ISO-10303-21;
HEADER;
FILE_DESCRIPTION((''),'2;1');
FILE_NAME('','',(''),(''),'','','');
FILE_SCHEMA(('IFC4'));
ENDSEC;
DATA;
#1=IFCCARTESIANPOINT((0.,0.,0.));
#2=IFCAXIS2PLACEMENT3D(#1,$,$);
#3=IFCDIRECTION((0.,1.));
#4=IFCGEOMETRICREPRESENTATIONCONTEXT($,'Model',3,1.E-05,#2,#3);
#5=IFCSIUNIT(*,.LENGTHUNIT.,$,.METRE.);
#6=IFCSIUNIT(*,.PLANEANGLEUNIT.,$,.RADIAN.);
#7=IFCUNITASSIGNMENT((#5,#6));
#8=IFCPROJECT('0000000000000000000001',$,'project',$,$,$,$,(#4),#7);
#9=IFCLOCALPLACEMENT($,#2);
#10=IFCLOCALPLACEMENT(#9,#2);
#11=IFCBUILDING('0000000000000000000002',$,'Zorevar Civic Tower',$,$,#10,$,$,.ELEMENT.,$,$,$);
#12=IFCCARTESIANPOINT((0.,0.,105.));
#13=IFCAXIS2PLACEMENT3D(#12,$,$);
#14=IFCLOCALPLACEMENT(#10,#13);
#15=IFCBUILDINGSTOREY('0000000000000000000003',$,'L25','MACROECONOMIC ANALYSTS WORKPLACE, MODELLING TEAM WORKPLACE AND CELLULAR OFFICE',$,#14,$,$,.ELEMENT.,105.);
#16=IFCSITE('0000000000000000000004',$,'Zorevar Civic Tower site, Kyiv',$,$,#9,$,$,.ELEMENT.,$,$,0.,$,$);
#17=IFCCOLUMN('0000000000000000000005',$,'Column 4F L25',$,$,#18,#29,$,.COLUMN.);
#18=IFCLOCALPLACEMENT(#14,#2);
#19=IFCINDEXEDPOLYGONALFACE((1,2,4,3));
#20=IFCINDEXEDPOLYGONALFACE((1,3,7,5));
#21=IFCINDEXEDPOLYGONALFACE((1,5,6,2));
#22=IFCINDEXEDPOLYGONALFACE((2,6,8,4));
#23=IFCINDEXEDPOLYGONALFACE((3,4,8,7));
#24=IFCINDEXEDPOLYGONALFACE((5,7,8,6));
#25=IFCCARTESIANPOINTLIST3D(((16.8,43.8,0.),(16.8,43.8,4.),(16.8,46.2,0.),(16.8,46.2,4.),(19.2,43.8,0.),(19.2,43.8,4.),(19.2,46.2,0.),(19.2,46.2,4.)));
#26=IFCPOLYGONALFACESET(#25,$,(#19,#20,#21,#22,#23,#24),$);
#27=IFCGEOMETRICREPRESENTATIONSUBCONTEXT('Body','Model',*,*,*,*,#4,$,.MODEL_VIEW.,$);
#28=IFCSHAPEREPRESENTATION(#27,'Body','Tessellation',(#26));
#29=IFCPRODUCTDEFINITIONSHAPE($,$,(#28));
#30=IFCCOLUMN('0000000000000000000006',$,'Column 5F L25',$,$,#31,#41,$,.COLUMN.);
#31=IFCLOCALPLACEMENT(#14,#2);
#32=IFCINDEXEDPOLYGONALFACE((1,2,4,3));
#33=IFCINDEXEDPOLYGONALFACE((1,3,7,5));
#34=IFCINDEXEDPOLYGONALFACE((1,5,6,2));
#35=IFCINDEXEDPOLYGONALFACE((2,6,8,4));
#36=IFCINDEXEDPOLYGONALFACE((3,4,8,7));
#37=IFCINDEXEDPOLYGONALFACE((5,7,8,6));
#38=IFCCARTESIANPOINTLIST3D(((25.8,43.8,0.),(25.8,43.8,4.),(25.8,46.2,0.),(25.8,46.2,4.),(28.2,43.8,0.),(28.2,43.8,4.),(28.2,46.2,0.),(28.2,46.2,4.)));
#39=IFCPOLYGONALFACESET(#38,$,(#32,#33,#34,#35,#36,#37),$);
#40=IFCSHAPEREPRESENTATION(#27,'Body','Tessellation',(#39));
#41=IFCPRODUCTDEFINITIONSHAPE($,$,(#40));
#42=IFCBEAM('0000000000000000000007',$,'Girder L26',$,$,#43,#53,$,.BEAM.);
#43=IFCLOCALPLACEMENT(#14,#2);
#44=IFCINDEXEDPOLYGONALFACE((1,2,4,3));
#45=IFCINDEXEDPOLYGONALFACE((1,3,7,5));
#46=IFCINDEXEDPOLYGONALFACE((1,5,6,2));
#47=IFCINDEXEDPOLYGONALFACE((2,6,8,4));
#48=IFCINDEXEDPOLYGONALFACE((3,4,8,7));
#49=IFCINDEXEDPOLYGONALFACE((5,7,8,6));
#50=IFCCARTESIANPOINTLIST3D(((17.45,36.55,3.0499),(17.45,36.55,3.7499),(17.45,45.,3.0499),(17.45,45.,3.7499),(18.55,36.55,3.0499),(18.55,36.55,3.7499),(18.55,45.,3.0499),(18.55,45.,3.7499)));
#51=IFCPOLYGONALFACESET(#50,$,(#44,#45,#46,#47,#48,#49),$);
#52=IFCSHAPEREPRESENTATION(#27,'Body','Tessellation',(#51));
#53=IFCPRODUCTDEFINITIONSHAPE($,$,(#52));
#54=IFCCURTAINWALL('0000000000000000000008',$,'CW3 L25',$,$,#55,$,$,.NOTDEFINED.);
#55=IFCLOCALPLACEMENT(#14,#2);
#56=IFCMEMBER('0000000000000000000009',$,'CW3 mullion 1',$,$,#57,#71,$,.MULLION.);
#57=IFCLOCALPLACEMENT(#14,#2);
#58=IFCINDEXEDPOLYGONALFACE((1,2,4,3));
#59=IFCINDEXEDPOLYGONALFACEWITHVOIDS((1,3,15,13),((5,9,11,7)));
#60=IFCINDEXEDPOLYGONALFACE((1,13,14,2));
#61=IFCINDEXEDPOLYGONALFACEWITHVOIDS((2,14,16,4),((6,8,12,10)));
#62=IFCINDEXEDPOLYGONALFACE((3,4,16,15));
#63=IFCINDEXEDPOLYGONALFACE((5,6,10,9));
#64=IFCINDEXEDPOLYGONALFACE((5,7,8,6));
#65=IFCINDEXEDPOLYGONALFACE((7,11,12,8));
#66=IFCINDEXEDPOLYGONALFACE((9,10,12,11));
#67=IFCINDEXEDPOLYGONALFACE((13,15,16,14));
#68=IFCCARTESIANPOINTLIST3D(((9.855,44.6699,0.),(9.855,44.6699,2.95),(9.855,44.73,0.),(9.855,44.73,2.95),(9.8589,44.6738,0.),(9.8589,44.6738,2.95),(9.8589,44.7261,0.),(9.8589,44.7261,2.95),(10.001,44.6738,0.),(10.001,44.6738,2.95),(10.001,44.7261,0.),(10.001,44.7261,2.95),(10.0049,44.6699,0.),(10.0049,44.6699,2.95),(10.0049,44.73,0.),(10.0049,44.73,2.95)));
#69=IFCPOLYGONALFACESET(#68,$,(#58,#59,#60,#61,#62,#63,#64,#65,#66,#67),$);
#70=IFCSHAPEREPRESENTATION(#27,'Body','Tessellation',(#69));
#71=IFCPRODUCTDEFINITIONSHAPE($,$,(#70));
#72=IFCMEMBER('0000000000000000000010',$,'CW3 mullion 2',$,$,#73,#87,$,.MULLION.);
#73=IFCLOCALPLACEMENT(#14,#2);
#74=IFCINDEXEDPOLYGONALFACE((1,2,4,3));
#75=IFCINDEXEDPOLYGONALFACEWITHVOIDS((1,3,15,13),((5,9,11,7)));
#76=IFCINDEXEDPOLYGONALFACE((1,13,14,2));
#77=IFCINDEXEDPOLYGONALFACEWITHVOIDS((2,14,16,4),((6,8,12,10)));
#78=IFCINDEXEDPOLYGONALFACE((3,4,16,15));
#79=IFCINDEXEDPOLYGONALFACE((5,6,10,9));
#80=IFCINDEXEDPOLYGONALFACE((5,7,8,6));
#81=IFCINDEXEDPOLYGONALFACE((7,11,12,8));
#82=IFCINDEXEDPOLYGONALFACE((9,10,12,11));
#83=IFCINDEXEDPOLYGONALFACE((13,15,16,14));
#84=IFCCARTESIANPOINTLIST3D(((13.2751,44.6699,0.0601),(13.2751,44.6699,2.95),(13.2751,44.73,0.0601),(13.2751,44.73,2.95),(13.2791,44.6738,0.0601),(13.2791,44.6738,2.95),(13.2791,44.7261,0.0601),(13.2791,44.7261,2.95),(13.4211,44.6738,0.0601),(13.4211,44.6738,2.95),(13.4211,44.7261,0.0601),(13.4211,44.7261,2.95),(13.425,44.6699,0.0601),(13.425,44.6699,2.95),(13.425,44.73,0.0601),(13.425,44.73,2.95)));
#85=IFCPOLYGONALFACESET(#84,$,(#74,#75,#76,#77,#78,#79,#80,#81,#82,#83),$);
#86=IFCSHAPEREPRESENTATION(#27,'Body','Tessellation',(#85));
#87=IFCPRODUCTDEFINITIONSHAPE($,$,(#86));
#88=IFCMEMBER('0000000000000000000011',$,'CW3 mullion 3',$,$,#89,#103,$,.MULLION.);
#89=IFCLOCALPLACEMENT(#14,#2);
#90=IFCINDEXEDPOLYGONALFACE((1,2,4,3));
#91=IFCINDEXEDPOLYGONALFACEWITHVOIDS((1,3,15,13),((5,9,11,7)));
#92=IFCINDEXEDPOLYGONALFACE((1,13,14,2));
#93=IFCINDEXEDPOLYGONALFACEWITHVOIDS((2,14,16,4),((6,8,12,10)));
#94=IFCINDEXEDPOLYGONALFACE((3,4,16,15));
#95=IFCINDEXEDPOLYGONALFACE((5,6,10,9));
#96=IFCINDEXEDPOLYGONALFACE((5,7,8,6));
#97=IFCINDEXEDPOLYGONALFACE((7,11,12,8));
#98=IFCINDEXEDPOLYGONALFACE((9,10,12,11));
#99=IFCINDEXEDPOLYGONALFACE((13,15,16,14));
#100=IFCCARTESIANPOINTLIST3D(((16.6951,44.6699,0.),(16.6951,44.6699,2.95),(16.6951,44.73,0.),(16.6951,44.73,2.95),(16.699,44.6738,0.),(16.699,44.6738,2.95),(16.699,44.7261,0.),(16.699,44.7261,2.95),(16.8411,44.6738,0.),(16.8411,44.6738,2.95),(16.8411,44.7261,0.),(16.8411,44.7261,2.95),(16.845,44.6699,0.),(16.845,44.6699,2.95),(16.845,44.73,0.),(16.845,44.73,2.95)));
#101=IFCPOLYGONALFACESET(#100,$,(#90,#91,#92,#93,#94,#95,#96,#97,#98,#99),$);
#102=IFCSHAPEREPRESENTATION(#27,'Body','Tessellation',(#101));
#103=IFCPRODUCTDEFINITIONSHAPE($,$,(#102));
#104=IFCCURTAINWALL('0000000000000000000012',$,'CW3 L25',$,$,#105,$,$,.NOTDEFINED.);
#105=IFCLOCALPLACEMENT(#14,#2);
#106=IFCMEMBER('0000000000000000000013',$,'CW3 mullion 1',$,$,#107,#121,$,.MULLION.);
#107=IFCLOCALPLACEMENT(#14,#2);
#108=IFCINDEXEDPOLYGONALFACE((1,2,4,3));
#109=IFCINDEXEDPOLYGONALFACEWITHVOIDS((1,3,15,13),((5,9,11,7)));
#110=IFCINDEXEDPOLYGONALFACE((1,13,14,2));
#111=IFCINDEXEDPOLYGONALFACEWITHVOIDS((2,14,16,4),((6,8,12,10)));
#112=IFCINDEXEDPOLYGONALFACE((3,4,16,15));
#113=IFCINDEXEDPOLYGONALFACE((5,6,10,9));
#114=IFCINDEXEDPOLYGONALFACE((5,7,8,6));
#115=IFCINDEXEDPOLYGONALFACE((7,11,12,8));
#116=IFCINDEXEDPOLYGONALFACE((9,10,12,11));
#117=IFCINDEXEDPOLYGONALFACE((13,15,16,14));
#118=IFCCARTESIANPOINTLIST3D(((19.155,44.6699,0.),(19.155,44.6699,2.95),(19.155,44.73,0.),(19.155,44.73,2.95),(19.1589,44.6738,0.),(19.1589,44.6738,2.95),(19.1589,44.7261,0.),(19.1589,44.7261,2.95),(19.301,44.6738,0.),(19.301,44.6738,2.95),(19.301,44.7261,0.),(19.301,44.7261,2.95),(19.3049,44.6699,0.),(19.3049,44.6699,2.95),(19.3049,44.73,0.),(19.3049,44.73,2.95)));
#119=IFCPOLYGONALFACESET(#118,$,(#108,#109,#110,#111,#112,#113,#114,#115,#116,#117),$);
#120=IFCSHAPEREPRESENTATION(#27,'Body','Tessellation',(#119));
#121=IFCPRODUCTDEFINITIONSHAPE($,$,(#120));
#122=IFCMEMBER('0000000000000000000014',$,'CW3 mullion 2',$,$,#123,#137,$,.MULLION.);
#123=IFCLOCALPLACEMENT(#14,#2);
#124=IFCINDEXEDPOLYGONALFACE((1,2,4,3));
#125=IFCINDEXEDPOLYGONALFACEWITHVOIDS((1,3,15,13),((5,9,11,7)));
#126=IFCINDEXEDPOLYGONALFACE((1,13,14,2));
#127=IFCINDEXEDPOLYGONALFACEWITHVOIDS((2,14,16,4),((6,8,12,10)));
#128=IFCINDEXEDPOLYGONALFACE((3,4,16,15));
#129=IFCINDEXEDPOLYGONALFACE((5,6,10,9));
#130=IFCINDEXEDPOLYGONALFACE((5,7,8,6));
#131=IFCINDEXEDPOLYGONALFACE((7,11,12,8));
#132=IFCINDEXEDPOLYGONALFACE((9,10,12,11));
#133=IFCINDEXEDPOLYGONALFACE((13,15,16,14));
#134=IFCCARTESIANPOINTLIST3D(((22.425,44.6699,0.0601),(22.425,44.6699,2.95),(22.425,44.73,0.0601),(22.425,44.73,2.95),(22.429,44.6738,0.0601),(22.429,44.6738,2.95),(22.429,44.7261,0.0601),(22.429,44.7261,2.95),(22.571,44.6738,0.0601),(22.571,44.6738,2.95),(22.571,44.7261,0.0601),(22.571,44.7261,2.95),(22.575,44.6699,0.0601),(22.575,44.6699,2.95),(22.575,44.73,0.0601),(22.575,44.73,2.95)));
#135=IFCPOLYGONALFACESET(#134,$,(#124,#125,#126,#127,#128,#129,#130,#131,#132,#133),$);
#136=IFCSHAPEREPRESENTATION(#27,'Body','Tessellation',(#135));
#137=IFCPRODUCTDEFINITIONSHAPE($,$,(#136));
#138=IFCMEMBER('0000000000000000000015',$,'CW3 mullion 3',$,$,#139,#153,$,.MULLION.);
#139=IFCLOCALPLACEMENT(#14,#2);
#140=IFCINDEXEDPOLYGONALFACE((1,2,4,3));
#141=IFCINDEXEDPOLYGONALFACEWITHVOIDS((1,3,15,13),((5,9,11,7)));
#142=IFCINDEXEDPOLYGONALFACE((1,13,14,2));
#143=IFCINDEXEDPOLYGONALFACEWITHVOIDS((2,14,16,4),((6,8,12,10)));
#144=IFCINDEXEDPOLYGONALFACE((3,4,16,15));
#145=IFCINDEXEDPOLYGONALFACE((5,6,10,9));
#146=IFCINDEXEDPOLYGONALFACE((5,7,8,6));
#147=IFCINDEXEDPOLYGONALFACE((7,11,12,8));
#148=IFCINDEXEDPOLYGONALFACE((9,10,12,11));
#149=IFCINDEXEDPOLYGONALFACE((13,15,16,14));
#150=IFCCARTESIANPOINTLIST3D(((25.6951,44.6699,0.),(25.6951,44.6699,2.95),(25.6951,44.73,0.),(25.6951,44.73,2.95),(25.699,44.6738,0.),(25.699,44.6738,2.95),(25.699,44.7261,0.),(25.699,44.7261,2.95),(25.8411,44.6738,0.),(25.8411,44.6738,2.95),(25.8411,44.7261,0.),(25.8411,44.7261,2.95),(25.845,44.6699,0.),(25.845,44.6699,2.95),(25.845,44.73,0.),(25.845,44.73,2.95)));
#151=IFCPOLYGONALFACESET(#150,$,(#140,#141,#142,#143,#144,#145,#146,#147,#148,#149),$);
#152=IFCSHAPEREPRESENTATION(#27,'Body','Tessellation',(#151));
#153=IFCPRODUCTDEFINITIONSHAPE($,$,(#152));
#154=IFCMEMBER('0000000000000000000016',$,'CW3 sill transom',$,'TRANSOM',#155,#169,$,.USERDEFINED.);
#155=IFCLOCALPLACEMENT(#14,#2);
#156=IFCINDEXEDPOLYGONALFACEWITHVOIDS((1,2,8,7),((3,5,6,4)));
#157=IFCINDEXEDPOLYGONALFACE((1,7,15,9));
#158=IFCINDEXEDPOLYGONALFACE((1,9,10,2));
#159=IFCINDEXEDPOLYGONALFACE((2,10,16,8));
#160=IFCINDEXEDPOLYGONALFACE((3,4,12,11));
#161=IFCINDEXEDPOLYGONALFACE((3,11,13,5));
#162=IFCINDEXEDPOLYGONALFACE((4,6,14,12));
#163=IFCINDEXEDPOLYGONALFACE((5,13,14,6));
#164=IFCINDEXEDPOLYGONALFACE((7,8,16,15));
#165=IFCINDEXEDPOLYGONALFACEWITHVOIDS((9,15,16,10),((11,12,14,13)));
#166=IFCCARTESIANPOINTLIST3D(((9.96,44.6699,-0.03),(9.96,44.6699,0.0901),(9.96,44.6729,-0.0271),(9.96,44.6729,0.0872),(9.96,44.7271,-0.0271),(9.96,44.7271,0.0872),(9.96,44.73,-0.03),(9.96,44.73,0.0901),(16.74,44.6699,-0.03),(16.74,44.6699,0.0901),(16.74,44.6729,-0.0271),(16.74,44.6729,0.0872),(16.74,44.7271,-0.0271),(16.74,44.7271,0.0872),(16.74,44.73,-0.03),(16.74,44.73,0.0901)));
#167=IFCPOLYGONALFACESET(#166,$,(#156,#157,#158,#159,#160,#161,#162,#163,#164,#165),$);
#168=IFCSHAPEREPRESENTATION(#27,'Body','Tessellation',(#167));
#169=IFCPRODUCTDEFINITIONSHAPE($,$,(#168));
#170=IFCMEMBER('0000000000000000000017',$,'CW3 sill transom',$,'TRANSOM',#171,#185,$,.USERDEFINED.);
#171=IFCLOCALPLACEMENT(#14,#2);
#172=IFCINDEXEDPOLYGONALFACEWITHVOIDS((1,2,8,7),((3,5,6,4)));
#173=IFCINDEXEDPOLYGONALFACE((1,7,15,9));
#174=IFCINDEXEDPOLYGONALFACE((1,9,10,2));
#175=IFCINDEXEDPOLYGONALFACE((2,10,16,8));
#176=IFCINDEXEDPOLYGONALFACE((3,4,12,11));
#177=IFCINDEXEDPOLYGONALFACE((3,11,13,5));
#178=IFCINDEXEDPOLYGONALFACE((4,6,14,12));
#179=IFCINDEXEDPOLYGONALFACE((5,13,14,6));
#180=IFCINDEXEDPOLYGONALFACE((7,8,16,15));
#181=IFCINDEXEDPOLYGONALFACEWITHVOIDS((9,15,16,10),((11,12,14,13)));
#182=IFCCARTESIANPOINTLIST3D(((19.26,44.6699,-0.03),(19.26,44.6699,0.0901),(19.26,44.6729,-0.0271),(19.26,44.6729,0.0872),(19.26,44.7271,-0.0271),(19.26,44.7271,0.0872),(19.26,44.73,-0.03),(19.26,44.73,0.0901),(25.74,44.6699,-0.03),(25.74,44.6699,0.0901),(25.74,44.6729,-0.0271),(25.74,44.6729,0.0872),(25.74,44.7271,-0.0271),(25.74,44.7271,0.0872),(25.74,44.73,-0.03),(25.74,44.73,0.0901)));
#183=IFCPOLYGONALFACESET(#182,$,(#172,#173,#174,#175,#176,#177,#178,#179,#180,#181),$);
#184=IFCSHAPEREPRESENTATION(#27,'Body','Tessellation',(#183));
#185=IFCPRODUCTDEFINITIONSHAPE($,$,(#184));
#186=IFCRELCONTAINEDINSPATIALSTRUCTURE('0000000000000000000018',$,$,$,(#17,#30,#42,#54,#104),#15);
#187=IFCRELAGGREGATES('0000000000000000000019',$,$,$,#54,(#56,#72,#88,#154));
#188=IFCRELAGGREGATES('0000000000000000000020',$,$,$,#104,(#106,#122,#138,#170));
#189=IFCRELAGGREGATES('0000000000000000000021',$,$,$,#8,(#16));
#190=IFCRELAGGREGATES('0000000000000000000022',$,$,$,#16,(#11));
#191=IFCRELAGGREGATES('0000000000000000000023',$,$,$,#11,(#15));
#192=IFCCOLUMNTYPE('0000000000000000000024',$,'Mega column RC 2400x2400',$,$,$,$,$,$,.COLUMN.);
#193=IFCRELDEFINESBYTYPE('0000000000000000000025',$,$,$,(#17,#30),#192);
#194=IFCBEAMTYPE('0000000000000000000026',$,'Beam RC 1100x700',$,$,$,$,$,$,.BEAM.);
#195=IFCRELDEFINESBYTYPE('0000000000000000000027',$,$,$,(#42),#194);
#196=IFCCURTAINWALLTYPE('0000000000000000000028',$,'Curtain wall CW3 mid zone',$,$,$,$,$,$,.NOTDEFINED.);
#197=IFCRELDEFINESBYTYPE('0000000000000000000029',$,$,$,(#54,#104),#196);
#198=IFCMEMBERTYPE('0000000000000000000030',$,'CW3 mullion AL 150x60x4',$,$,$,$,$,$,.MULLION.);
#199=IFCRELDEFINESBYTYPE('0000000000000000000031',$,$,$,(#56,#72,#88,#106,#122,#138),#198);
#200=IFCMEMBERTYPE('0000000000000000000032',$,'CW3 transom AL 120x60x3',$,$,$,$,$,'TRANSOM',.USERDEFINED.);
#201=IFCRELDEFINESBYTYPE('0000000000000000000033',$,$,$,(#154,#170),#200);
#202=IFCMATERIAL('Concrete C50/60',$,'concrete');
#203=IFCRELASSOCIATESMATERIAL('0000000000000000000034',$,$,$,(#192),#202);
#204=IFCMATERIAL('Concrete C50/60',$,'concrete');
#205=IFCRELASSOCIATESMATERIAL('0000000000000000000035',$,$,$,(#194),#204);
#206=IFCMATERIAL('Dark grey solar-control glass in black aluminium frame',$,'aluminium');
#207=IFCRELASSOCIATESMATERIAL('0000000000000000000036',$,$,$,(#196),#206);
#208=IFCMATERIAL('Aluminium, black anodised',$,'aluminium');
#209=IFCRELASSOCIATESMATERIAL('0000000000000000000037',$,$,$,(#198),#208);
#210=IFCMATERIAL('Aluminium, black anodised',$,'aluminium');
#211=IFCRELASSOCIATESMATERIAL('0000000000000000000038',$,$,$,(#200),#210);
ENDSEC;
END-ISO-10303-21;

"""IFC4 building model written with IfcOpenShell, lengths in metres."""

from ifc_helpers import new_model, si_unit, direction, frame, origin, origin_2d, place, context, subcontext, project, spatial, rectangle, hollow_rectangle, extrude, material, material_profile, profile_set, type_object, element, aggregate, save


model = new_model("IFC4")

# Units and contexts
model_context = context("Model", 3, precision=1e-05, world=origin(), true_north=direction((0.0, 1.0)))
body_context = subcontext(model_context, "Body", "Model", "MODEL_VIEW")
ifc_project = project(units=[si_unit("LENGTHUNIT", "METRE"), si_unit("PLANEANGLEUNIT", "RADIAN")], contexts=[model_context])

# Site, building, storey
site_placement = place(None, origin())
site = spatial("IfcSite", under=ifc_project, at=site_placement, Name="Zorevar Civic Tower site, Kyiv", CompositionType="ELEMENT", RefElevation=0.0)
building_placement = place(site_placement, origin())
building = spatial("IfcBuilding", under=site, at=building_placement, Name="Zorevar Civic Tower", CompositionType="ELEMENT")
storey_placement = place(building_placement, frame((0.0, 0.0, 105.0)))
storey = spatial("IfcBuildingStorey", under=building, at=storey_placement, Name="L25", Description="MACROECONOMIC ANALYSTS WORKPLACE, MODELLING TEAM WORKPLACE AND CELLULAR OFFICE", CompositionType="ELEMENT", Elevation=105.0)

# Columns
ifc_material_1 = material(Name="Concrete C50/60", Category="concrete")
ifc_material_profile_1 = material_profile(ifc_material_1, rectangle(XDim=2.3999, YDim=2.3999, at=origin_2d()), Name="RC 2400x2400")
ifc_profile_set_1 = profile_set([ifc_material_profile_1], Name="Concrete C50/60")
column_type = type_object("IfcColumnType", Name="Mega column RC 2400x2400", PredefinedType="COLUMN", material=ifc_profile_set_1)
for number, where, z_axis, x_axis, name in (
    (1, (18.0, 45.0, 0.0), (0.0, 0.0, 1.0), (1.0, 0.0, 0.0), "Column 4F L25"),
    (2, (27.0, 45.0, 0.0), (0.0, 0.0, 1.0), (1.0, 0.0, 0.0), "Column 5F L25"),
):
    element("IfcColumn", number, at=place(storey_placement, frame(where, z_axis=z_axis, x_axis=x_axis)), inside=storey, type_object=column_type, Name=name, PredefinedType="COLUMN", context=body_context, shape_type="SweptSolid", body=[
        extrude(rectangle(XDim=2.3999, YDim=2.3999, at=origin_2d()), origin(), (0.0, 0.0, 1.0), 4.0),
    ])

# Beam
ifc_material_2 = material(Name="Concrete C50/60", Category="concrete")
ifc_material_profile_2 = material_profile(ifc_material_2, rectangle(XDim=1.1001, YDim=0.7, at=origin_2d()), Name="RC 1100x700")
ifc_profile_set_2 = profile_set([ifc_material_profile_2], Name="Concrete C50/60")
beam_type_1 = type_object("IfcBeamType", Name="Beam RC 1100x700", PredefinedType="BEAM", material=ifc_profile_set_2)
beam_1_placement = place(storey_placement, frame((18.0, 36.55, 3.3999), z_axis=(0.0, 1.0, 0.0), x_axis=(-1.0, 0.0, 0.0)))
element("IfcBeam", 3, at=beam_1_placement, inside=storey, type_object=beam_type_1, Name="Girder L26", PredefinedType="BEAM", context=body_context, shape_type="SweptSolid", body=[
    extrude(rectangle(XDim=1.1001, YDim=0.7, at=origin_2d()), origin(), (0.0, 0.0, 1.0), 8.45),
])

# Curtain walls, members
ifc_material_3 = material(Name="Dark grey solar-control glass in black aluminium frame", Category="aluminium")
curtain_wall_type = type_object("IfcCurtainWallType", Name="Curtain wall CW3 mid zone", PredefinedType="NOTDEFINED", material=ifc_material_3)
curtain_wall_1_placement = place(storey_placement, origin())
curtain_wall_1 = element("IfcCurtainWall", 4, at=curtain_wall_1_placement, inside=storey, type_object=curtain_wall_type, Name="CW3 L25", PredefinedType="NOTDEFINED")
ifc_material_4 = material(Name="Aluminium, black anodised", Category="aluminium")
ifc_material_profile_3 = material_profile(ifc_material_4, hollow_rectangle(XDim=0.0601, YDim=0.1499, WallThickness=0.0039, at=origin_2d()), Name="AL 150x60x4")
ifc_profile_set_3 = profile_set([ifc_material_profile_3], Name="Aluminium, black anodised")
member_type_1 = type_object("IfcMemberType", Name="CW3 mullion AL 150x60x4", PredefinedType="MULLION", material=ifc_profile_set_3)
member_1_placement = place(storey_placement, frame((9.9299, 44.7, 0.0), z_axis=(0.0, 0.0, 1.0), x_axis=(0.0, 1.0, 0.0)))
member_1 = element("IfcMember", 5, at=member_1_placement, type_object=member_type_1, Name="CW3 mullion 1", PredefinedType="MULLION", context=body_context, shape_type="SweptSolid", body=[
    extrude(hollow_rectangle(XDim=0.0601, YDim=0.1499, WallThickness=0.0039, at=origin_2d()), origin(), (0.0, 0.0, 1.0), 2.95),
])
member_2_placement = place(storey_placement, frame((13.3501, 44.7, 0.0601), z_axis=(0.0, 0.0, 1.0), x_axis=(0.0, 1.0, 0.0)))
member_2 = element("IfcMember", 6, at=member_2_placement, type_object=member_type_1, Name="CW3 mullion 2", PredefinedType="MULLION", context=body_context, shape_type="SweptSolid", body=[
    extrude(hollow_rectangle(XDim=0.0601, YDim=0.1499, WallThickness=0.0039, at=origin_2d()), origin(), (0.0, 0.0, 1.0), 2.8899),
])
member_3_placement = place(storey_placement, frame((16.77, 44.7, 0.0), z_axis=(0.0, 0.0, 1.0), x_axis=(0.0, 1.0, 0.0)))
member_3 = element("IfcMember", 7, at=member_3_placement, type_object=member_type_1, Name="CW3 mullion 3", PredefinedType="MULLION", context=body_context, shape_type="SweptSolid", body=[
    extrude(hollow_rectangle(XDim=0.0601, YDim=0.1499, WallThickness=0.0039, at=origin_2d()), origin(), (0.0, 0.0, 1.0), 2.95),
])
curtain_wall_2_placement = place(storey_placement, origin())
curtain_wall_2 = element("IfcCurtainWall", 8, at=curtain_wall_2_placement, inside=storey, type_object=curtain_wall_type, Name="CW3 L25", PredefinedType="NOTDEFINED")
member_4_placement = place(storey_placement, frame((19.23, 44.7, 0.0), z_axis=(0.0, 0.0, 1.0), x_axis=(0.0, 1.0, 0.0)))
member_4 = element("IfcMember", 9, at=member_4_placement, type_object=member_type_1, Name="CW3 mullion 1", PredefinedType="MULLION", context=body_context, shape_type="SweptSolid", body=[
    extrude(hollow_rectangle(XDim=0.0601, YDim=0.1499, WallThickness=0.0039, at=origin_2d()), origin(), (0.0, 0.0, 1.0), 2.95),
])
member_5_placement = place(storey_placement, frame((22.5, 44.7, 0.0601), z_axis=(0.0, 0.0, 1.0), x_axis=(0.0, 1.0, 0.0)))
member_5 = element("IfcMember", 10, at=member_5_placement, type_object=member_type_1, Name="CW3 mullion 2", PredefinedType="MULLION", context=body_context, shape_type="SweptSolid", body=[
    extrude(hollow_rectangle(XDim=0.0601, YDim=0.1499, WallThickness=0.0039, at=origin_2d()), origin(), (0.0, 0.0, 1.0), 2.8899),
])
member_6_placement = place(storey_placement, frame((25.77, 44.7, 0.0), z_axis=(0.0, 0.0, 1.0), x_axis=(0.0, 1.0, 0.0)))
member_6 = element("IfcMember", 11, at=member_6_placement, type_object=member_type_1, Name="CW3 mullion 3", PredefinedType="MULLION", context=body_context, shape_type="SweptSolid", body=[
    extrude(hollow_rectangle(XDim=0.0601, YDim=0.1499, WallThickness=0.0039, at=origin_2d()), origin(), (0.0, 0.0, 1.0), 2.95),
])

# Members
ifc_material_5 = material(Name="Aluminium, black anodised", Category="aluminium")
ifc_material_profile_4 = material_profile(ifc_material_5, hollow_rectangle(XDim=0.0601, YDim=0.1201, WallThickness=0.0029, at=origin_2d()), Name="AL 120x60x3")
ifc_profile_set_4 = profile_set([ifc_material_profile_4], Name="Aluminium, black anodised")
member_type_2 = type_object("IfcMemberType", Name="CW3 transom AL 120x60x3", ElementType="TRANSOM", PredefinedType="USERDEFINED", material=ifc_profile_set_4)
member_7_placement = place(storey_placement, frame((9.96, 44.7, 0.03), z_axis=(1.0, 0.0, 0.0), x_axis=(0.0, 1.0, 0.0)))
member_7 = element("IfcMember", 12, at=member_7_placement, type_object=member_type_2, Name="CW3 sill transom", ObjectType="TRANSOM", PredefinedType="USERDEFINED", context=body_context, shape_type="SweptSolid", body=[
    extrude(hollow_rectangle(XDim=0.0601, YDim=0.1201, WallThickness=0.0029, at=origin_2d()), origin(), (0.0, 0.0, 1.0), 6.78),
])
member_8_placement = place(storey_placement, frame((19.26, 44.7, 0.03), z_axis=(1.0, 0.0, 0.0), x_axis=(0.0, 1.0, 0.0)))
member_8 = element("IfcMember", 13, at=member_8_placement, type_object=member_type_2, Name="CW3 sill transom", ObjectType="TRANSOM", PredefinedType="USERDEFINED", context=body_context, shape_type="SweptSolid", body=[
    extrude(hollow_rectangle(XDim=0.0601, YDim=0.1201, WallThickness=0.0029, at=origin_2d()), origin(), (0.0, 0.0, 1.0), 6.48),
])

aggregate(curtain_wall_1, [member_1, member_2, member_3, member_7])
aggregate(curtain_wall_2, [member_4, member_5, member_6, member_8])

save(model, "model.ifc")
